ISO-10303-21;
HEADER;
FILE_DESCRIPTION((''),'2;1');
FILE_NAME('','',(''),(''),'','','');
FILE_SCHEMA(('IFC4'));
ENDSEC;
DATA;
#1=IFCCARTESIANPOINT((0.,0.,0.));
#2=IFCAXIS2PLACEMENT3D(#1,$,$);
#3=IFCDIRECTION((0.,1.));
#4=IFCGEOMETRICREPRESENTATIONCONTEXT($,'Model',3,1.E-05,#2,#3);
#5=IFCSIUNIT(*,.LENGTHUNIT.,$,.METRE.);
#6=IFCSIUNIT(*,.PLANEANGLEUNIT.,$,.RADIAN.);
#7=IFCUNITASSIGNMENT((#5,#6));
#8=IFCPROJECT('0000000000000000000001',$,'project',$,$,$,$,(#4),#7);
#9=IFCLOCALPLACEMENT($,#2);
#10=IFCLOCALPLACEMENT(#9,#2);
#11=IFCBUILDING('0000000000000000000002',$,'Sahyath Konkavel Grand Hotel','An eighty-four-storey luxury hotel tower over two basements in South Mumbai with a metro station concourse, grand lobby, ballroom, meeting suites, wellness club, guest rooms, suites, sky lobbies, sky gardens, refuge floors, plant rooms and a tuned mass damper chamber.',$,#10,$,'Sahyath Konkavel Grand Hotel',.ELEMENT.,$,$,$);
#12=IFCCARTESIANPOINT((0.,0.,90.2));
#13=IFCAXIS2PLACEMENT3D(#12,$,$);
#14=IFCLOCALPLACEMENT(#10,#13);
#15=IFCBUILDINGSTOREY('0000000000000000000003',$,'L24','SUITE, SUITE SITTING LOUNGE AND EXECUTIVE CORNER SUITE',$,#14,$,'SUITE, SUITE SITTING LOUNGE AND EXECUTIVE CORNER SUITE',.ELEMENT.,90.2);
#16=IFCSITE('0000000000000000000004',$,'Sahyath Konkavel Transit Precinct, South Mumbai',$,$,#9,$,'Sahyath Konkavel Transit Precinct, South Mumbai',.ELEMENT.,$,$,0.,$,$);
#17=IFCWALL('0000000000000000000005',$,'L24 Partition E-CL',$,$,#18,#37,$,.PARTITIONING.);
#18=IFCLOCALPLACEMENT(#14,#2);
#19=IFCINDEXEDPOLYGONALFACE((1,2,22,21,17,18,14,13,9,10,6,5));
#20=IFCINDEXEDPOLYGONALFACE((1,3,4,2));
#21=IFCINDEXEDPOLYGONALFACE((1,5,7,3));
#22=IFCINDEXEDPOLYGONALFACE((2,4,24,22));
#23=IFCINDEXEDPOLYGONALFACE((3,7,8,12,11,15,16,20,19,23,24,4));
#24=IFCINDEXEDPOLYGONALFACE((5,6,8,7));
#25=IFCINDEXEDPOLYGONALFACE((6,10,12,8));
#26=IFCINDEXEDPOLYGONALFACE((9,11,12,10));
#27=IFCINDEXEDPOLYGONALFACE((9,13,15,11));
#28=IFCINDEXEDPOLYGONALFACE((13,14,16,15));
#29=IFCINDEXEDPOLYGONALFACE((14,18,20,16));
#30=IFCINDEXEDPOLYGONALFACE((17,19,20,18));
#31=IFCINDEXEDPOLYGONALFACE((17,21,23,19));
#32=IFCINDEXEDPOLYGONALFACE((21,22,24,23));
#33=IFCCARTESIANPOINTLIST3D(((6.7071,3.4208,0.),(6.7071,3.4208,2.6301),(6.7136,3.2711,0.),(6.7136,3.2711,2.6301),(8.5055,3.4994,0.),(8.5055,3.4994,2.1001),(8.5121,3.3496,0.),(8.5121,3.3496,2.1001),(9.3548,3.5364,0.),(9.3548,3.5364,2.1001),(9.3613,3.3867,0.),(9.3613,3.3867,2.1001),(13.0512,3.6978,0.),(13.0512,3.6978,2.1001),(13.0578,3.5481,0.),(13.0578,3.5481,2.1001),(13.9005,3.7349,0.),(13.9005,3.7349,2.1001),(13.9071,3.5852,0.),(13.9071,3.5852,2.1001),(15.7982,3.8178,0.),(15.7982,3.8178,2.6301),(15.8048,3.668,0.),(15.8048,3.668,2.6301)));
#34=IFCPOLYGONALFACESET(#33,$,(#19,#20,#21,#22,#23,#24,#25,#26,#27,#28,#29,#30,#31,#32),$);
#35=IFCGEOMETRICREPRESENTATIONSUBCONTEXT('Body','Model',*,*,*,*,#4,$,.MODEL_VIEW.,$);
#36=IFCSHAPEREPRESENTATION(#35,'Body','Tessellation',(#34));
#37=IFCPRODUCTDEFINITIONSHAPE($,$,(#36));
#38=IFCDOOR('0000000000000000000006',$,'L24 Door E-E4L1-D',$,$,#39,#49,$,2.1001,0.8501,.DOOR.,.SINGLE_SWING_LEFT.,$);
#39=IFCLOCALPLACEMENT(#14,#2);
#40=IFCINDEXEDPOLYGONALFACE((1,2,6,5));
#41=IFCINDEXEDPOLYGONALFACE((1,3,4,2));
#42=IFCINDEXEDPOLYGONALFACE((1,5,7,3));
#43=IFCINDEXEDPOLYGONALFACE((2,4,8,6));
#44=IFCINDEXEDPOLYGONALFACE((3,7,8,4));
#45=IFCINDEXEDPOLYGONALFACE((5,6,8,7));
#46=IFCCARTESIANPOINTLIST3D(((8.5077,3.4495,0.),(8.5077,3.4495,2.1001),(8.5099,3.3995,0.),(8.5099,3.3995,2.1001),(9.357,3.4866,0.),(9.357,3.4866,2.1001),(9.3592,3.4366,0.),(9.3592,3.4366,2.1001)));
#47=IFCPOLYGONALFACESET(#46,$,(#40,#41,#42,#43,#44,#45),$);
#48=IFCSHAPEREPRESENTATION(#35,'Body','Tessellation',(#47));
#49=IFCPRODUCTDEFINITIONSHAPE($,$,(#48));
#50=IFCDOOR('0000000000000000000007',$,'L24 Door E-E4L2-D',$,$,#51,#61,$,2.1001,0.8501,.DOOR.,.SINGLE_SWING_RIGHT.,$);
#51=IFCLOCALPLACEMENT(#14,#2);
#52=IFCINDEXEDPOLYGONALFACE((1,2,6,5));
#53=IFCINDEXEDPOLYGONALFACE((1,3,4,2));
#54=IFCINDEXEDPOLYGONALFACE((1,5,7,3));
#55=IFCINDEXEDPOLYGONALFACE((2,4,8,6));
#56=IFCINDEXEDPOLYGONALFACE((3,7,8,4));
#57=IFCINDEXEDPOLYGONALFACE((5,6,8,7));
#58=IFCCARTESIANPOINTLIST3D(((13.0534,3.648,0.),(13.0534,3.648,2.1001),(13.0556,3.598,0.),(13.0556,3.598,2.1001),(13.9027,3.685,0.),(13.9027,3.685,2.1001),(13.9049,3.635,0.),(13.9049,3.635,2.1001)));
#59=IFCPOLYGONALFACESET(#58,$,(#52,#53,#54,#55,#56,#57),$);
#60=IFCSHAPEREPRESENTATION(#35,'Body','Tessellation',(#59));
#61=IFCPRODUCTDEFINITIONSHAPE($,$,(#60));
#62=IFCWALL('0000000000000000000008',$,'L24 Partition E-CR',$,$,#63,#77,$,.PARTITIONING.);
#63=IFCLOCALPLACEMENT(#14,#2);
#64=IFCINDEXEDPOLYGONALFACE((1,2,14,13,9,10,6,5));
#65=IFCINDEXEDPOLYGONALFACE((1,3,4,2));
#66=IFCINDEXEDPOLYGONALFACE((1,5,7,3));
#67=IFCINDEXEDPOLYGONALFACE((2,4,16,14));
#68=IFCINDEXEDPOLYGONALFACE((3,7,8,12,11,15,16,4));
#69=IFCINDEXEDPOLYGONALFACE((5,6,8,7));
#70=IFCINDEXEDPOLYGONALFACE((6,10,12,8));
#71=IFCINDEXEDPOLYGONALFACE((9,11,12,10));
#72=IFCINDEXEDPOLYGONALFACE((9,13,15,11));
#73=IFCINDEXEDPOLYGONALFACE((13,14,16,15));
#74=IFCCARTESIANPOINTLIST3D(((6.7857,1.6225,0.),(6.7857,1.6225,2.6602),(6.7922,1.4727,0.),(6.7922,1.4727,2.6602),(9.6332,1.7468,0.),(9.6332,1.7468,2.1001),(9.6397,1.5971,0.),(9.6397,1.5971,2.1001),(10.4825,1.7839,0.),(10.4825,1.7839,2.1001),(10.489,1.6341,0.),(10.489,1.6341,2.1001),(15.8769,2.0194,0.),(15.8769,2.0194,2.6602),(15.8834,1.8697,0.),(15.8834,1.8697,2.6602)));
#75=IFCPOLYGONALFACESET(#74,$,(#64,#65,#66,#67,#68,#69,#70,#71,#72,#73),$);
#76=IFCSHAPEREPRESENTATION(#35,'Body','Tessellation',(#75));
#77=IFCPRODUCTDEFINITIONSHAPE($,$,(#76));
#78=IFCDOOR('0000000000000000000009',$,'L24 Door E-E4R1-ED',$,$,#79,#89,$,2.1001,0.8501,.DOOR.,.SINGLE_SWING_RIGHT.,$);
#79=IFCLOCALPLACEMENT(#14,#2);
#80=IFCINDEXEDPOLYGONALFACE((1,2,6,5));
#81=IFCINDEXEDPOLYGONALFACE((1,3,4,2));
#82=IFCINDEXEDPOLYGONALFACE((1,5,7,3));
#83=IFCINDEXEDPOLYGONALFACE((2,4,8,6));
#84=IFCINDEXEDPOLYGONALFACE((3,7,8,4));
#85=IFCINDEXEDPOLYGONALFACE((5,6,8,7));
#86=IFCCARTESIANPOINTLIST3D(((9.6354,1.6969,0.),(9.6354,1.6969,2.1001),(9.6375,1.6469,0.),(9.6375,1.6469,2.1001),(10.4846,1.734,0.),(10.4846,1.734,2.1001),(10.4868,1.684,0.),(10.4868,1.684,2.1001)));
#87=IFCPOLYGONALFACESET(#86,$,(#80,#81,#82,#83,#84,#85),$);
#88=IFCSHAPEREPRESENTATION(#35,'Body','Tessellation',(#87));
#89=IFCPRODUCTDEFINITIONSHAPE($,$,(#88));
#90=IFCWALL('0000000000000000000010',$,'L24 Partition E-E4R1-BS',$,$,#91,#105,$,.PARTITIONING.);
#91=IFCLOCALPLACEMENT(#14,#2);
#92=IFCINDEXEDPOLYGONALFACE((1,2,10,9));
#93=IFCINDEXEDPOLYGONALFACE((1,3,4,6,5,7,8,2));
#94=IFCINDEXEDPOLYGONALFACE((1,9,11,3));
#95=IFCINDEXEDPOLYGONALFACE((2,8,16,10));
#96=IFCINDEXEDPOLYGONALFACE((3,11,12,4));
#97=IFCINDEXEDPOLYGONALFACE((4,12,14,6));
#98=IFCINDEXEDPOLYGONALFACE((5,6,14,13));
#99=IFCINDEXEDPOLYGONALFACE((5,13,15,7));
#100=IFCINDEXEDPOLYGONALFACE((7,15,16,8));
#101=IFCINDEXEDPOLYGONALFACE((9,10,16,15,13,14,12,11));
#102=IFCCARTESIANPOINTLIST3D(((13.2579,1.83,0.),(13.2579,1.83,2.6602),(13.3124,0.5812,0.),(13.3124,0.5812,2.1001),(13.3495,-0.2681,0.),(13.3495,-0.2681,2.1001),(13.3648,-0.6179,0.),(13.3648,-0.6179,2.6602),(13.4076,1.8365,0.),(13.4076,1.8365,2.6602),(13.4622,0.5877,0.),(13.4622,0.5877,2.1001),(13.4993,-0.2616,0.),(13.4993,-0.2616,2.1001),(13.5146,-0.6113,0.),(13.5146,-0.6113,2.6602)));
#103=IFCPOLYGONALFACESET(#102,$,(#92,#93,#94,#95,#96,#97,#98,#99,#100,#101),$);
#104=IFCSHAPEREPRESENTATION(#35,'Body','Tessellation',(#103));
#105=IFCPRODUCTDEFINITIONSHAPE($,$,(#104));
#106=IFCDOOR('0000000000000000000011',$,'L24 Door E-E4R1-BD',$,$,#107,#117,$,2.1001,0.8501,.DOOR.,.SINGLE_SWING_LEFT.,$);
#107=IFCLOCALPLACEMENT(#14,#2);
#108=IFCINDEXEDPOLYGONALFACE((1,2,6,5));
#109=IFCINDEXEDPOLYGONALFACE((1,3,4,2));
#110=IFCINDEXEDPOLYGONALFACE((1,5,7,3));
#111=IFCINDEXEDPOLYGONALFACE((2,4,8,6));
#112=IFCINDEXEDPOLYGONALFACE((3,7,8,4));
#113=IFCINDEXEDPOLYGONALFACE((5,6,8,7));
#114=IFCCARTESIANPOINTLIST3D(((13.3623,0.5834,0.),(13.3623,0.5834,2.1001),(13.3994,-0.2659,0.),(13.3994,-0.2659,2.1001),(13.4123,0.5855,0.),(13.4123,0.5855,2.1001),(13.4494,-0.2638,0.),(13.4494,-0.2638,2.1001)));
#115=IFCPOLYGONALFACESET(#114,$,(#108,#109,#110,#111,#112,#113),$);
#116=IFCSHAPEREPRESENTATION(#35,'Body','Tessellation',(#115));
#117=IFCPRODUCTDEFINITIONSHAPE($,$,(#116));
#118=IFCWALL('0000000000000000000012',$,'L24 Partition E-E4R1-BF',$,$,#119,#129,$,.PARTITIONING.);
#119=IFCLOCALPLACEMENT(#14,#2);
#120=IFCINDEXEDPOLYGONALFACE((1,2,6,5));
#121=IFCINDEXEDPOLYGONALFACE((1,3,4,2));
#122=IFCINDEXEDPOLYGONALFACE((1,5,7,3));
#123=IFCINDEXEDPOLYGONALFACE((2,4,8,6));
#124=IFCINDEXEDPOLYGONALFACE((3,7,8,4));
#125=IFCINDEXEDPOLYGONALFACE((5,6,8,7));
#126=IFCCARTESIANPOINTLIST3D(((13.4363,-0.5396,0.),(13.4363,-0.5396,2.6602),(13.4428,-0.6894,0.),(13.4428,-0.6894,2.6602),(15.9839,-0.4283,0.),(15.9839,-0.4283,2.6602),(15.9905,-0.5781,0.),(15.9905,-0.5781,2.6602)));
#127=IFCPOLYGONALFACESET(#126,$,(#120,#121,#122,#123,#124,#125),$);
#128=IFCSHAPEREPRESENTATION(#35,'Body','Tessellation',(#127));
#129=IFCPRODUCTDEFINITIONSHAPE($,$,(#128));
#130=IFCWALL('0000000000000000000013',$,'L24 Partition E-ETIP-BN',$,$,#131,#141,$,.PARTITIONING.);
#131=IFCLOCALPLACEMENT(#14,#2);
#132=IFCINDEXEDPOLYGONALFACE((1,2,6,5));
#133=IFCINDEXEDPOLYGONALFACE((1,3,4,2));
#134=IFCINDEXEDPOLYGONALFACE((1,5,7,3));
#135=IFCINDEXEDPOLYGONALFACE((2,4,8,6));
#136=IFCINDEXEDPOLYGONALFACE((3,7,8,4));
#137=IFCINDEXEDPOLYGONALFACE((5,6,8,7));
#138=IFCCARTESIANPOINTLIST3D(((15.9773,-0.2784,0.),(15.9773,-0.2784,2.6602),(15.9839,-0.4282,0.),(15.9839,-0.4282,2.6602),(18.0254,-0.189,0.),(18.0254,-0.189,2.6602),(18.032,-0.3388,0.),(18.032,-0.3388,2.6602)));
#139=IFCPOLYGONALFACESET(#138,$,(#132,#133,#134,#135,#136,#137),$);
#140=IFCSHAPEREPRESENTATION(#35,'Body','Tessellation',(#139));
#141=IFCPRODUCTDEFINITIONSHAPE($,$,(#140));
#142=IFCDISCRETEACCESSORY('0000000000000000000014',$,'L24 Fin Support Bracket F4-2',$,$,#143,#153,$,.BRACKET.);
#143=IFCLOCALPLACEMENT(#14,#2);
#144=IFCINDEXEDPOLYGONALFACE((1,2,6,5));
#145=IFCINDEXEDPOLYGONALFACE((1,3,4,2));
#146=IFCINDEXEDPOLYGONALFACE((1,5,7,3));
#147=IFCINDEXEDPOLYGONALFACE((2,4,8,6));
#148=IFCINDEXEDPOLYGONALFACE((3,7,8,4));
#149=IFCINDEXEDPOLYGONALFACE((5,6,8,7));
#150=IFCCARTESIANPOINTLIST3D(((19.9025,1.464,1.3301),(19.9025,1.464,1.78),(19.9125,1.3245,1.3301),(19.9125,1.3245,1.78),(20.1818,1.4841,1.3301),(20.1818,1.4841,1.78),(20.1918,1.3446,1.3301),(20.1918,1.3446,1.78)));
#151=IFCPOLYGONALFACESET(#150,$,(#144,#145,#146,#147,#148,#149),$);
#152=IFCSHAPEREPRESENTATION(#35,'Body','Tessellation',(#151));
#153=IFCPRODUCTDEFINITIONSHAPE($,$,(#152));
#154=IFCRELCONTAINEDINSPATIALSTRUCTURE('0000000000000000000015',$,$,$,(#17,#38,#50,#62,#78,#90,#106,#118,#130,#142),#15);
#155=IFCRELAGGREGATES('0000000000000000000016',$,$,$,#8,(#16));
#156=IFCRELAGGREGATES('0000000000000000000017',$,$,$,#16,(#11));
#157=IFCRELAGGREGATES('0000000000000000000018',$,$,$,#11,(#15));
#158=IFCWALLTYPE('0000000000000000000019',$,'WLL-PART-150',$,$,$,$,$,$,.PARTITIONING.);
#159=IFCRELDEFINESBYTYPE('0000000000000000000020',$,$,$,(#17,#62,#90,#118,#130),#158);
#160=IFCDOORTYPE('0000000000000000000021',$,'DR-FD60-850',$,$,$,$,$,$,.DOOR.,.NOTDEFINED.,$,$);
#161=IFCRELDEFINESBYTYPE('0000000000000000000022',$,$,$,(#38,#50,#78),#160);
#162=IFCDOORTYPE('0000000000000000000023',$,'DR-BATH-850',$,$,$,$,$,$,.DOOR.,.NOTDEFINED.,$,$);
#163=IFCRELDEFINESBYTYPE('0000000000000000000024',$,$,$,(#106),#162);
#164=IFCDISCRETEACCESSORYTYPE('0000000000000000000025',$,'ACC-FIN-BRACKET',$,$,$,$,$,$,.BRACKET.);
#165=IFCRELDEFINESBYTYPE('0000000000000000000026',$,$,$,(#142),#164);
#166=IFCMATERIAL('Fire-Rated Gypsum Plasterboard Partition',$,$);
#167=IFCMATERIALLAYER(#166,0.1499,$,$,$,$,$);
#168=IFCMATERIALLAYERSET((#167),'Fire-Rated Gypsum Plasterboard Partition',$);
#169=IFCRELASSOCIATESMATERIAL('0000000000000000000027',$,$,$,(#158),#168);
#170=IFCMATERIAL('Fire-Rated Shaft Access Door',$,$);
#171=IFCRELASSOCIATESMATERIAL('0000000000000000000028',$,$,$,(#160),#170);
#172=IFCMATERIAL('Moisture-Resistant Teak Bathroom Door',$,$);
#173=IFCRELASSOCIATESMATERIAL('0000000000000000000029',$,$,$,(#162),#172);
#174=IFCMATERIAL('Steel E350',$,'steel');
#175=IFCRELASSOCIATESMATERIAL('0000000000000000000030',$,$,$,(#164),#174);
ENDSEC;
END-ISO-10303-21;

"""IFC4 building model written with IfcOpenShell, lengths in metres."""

from ifc_helpers import new_model, si_unit, direction, frame, frame_2d, origin, origin_2d, place, context, subcontext, project, spatial, rectangle, extrude, source, transform, mapped, material, layer, layer_set, type_object, element, fill, save


model = new_model("IFC4")

# Units and contexts
model_context = context("Model", 3, precision=1e-05, world=origin(), true_north=direction((0.0, 1.0)))
body_context = subcontext(model_context, "Body", "Model", "MODEL_VIEW")
ifc_project = project(units=[si_unit("LENGTHUNIT", "METRE"), si_unit("PLANEANGLEUNIT", "RADIAN")], contexts=[model_context])

# Site, building, storey
site_placement = place(None, origin())
site = spatial("IfcSite", under=ifc_project, at=site_placement, Name="Sahyath Konkavel Transit Precinct, South Mumbai", LongName="Sahyath Konkavel Transit Precinct, South Mumbai", CompositionType="ELEMENT", RefElevation=0.0)
building_placement = place(site_placement, origin())
building = spatial("IfcBuilding", under=site, at=building_placement, Name="Sahyath Konkavel Grand Hotel", Description="An eighty-four-storey luxury hotel tower over two basements in South Mumbai with a metro station concourse, grand lobby, ballroom, meeting suites, wellness club, guest rooms, suites, sky lobbies, sky gardens, refuge floors, plant rooms and a tuned mass damper chamber.", LongName="Sahyath Konkavel Grand Hotel", CompositionType="ELEMENT")
storey_placement = place(building_placement, frame((0.0, 0.0, 90.2)))
storey = spatial("IfcBuildingStorey", under=building, at=storey_placement, Name="L24", Description="SUITE, SUITE SITTING LOUNGE AND EXECUTIVE CORNER SUITE", LongName="SUITE, SUITE SITTING LOUNGE AND EXECUTIVE CORNER SUITE", CompositionType="ELEMENT", Elevation=90.2)

# Shared definitions
ifc_material_1 = material(Name="Steel E350", Category="steel")

# Wall, openings, doors
ifc_material_2 = material(Name="Fire-Rated Gypsum Plasterboard Partition")
ifc_layer_1 = layer(ifc_material_2, 0.1499)
ifc_layer_set_1 = layer_set([ifc_layer_1], Name="Fire-Rated Gypsum Plasterboard Partition")
wall_type_1 = type_object("IfcWallType", Name="WLL-PART-150", PredefinedType="PARTITIONING", material=ifc_layer_set_1)
wall_1_placement = place(storey_placement, frame((6.7104, 3.3459, 0.0), z_axis=(0.0, 0.0, 1.0), x_axis=(0.999048, 0.043624, 0.0)))
wall_1 = element("IfcWall", 1, at=wall_1_placement, inside=storey, type_object=wall_type_1, Name="L24 Partition E-CL", PredefinedType="PARTITIONING", context=body_context, shape_type="SweptSolid", body=[
    extrude(rectangle(XDim=9.0999, YDim=0.1499, at=frame_2d((4.5498, 0.0))), origin(), (0.0, 0.0, 1.0), 2.6301),
])
opening_1_placement = place(wall_1_placement, frame((1.8, 0.0, 0.0)))
opening_1 = element("IfcOpeningElement", 2, at=opening_1_placement, cuts=wall_1, PredefinedType="OPENING", context=body_context, shape_type="SweptSolid", body=[
    extrude(rectangle(XDim=0.8501, YDim=2.1001, at=frame_2d((0.425, 1.05))), frame((0.0, 0.085, 0.0), z_axis=(0.0, -1.0, 0.0), x_axis=(1.0, 0.0, 0.0)), (0.0, 0.0, 1.0), 0.1699),
])
opening_2_placement = place(wall_1_placement, frame((6.3501, 0.0, 0.0)))
opening_2 = element("IfcOpeningElement", 3, at=opening_2_placement, cuts=wall_1, PredefinedType="OPENING", context=body_context, shape_type="SweptSolid", body=[
    extrude(rectangle(XDim=0.8501, YDim=2.1001, at=frame_2d((0.425, 1.05))), frame((0.0, 0.085, 0.0), z_axis=(0.0, -1.0, 0.0), x_axis=(1.0, 0.0, 0.0)), (0.0, 0.0, 1.0), 0.1699),
])
ifc_material_3 = material(Name="Fire-Rated Shaft Access Door")
door_type_1 = type_object("IfcDoorType", Name="DR-FD60-850", OperationType="NOTDEFINED", PredefinedType="DOOR", material=ifc_material_3)
shared_shape_1 = source(origin(), body_context, "Body", "SweptSolid", [
    extrude(rectangle(XDim=0.8501, YDim=0.05, at=origin_2d()), origin(), (0.0, 0.0, 1.0), 2.1001),
])
door_1_placement = place(opening_1_placement, frame((0.425, 0.0, 0.0)))
door_1 = element("IfcDoor", 4, at=door_1_placement, inside=storey, type_object=door_type_1, Name="L24 Door E-E4L1-D", OperationType="SINGLE_SWING_LEFT", OverallHeight=2.1001, OverallWidth=0.8501, PredefinedType="DOOR", context=body_context, shape_type="MappedRepresentation", body=[
    mapped(shared_shape_1, transform((0.0, 0.0, 0.0), scale=1.0)),
])
fill(opening_1, door_1)
door_2_placement = place(opening_2_placement, frame((0.425, 0.0, 0.0)))
door_2 = element("IfcDoor", 5, at=door_2_placement, inside=storey, type_object=door_type_1, Name="L24 Door E-E4L2-D", OperationType="SINGLE_SWING_RIGHT", OverallHeight=2.1001, OverallWidth=0.8501, PredefinedType="DOOR", context=body_context, shape_type="MappedRepresentation", body=[
    mapped(shared_shape_1, transform((0.0, 0.0, 0.0), scale=1.0)),
])
fill(opening_2, door_2)

# Walls, openings, doors
wall_2_placement = place(storey_placement, frame((6.7891, 1.5476, 0.0), z_axis=(0.0, 0.0, 1.0), x_axis=(0.999048, 0.043624, 0.0)))
wall_2 = element("IfcWall", 6, at=wall_2_placement, inside=storey, type_object=wall_type_1, Name="L24 Partition E-CR", PredefinedType="PARTITIONING", context=body_context, shape_type="SweptSolid", body=[
    extrude(rectangle(XDim=9.0999, YDim=0.1499, at=frame_2d((4.5498, 0.0))), origin(), (0.0, 0.0, 1.0), 2.6602),
])
opening_3_placement = place(wall_2_placement, frame((2.8501, 0.0, 0.0)))
opening_3 = element("IfcOpeningElement", 7, at=opening_3_placement, cuts=wall_2, PredefinedType="OPENING", context=body_context, shape_type="SweptSolid", body=[
    extrude(rectangle(XDim=0.8501, YDim=2.1001, at=frame_2d((0.425, 1.05))), frame((0.0, 0.085, 0.0), z_axis=(0.0, -1.0, 0.0), x_axis=(1.0, 0.0, 0.0)), (0.0, 0.0, 1.0), 0.1699),
])
door_3_placement = place(opening_3_placement, frame((0.425, 0.0, 0.0)))
door_3 = element("IfcDoor", 8, at=door_3_placement, inside=storey, type_object=door_type_1, Name="L24 Door E-E4R1-ED", OperationType="SINGLE_SWING_RIGHT", OverallHeight=2.1001, OverallWidth=0.8501, PredefinedType="DOOR", context=body_context, shape_type="MappedRepresentation", body=[
    mapped(shared_shape_1, transform((0.0, 0.0, 0.0), scale=1.0)),
])
fill(opening_3, door_3)
wall_3_placement = place(storey_placement, frame((13.3328, 1.8333, 0.0), z_axis=(0.0, 0.0, 1.0), x_axis=(0.043645, -0.999047, 0.0)))
wall_3 = element("IfcWall", 9, at=wall_3_placement, inside=storey, type_object=wall_type_1, Name="L24 Partition E-E4R1-BS", PredefinedType="PARTITIONING", context=body_context, shape_type="SweptSolid", body=[
    extrude(rectangle(XDim=2.4502, YDim=0.1499, at=frame_2d((1.2251, 0.0))), origin(), (0.0, 0.0, 1.0), 2.6602),
])
opening_4_placement = place(wall_3_placement, frame((1.25, 0.0, 0.0)))
opening_4 = element("IfcOpeningElement", 10, at=opening_4_placement, cuts=wall_3, PredefinedType="OPENING", context=body_context, shape_type="SweptSolid", body=[
    extrude(rectangle(XDim=0.8501, YDim=2.1001, at=frame_2d((0.425, 1.05))), frame((0.0, 0.085, 0.0), z_axis=(0.0, -1.0, 0.0), x_axis=(1.0, 0.0, 0.0)), (0.0, 0.0, 1.0), 0.1699),
])
ifc_material_4 = material(Name="Moisture-Resistant Teak Bathroom Door")
door_type_2 = type_object("IfcDoorType", Name="DR-BATH-850", OperationType="NOTDEFINED", PredefinedType="DOOR", material=ifc_material_4)
door_4_placement = place(opening_4_placement, frame((0.425, 0.0, 0.0)))
door_4 = element("IfcDoor", 11, at=door_4_placement, inside=storey, type_object=door_type_2, Name="L24 Door E-E4R1-BD", OperationType="SINGLE_SWING_LEFT", OverallHeight=2.1001, OverallWidth=0.8501, PredefinedType="DOOR", context=body_context, shape_type="MappedRepresentation", body=[
    mapped(shared_shape_1, transform((0.0, 0.0, 0.0), scale=1.0)),
])
fill(opening_4, door_4)

# Walls
wall_4_placement = place(storey_placement, frame((13.4397, -0.6145, 0.0), z_axis=(0.0, 0.0, 1.0), x_axis=(0.999047, 0.043657, 0.0)))
element("IfcWall", 12, at=wall_4_placement, inside=storey, type_object=wall_type_1, Name="L24 Partition E-E4R1-BF", PredefinedType="PARTITIONING", context=body_context, shape_type="SweptSolid", body=[
    extrude(rectangle(XDim=2.55, YDim=0.1499, at=frame_2d((1.2749, 0.0))), origin(), (0.0, 0.0, 1.0), 2.6602),
])
wall_5_placement = place(storey_placement, frame((15.9807, -0.3533, 0.0), z_axis=(0.0, 0.0, 1.0), x_axis=(0.99905, 0.043587, 0.0)))
element("IfcWall", 13, at=wall_5_placement, inside=storey, type_object=wall_type_1, Name="L24 Partition E-ETIP-BN", PredefinedType="PARTITIONING", context=body_context, shape_type="SweptSolid", body=[
    extrude(rectangle(XDim=2.05, YDim=0.1499, at=frame_2d((1.0249, 0.0))), origin(), (0.0, 0.0, 1.0), 2.6602),
])

# Discrete accessory
discrete_accessory_type = type_object("IfcDiscreteAccessoryType", Name="ACC-FIN-BRACKET", PredefinedType="BRACKET", material=ifc_material_1)
shared_shape_2 = source(origin(), body_context, "Body", "SweptSolid", [
    extrude(rectangle(XDim=0.28, YDim=0.1399, at=origin_2d()), origin(), (0.0, 0.0, 1.0), 0.45),
])
discrete_accessory_placement = place(storey_placement, frame((20.0471, 1.4043, 1.3301), z_axis=(0.0, 0.0, 1.0), x_axis=(0.997436, 0.071567, 0.0)))
element("IfcDiscreteAccessory", 14, at=discrete_accessory_placement, inside=storey, type_object=discrete_accessory_type, Name="L24 Fin Support Bracket F4-2", PredefinedType="BRACKET", context=body_context, shape_type="MappedRepresentation", body=[
    mapped(shared_shape_2, transform((0.0, 0.0, 0.0), scale=1.0)),
])

save(model, "model.ifc")
